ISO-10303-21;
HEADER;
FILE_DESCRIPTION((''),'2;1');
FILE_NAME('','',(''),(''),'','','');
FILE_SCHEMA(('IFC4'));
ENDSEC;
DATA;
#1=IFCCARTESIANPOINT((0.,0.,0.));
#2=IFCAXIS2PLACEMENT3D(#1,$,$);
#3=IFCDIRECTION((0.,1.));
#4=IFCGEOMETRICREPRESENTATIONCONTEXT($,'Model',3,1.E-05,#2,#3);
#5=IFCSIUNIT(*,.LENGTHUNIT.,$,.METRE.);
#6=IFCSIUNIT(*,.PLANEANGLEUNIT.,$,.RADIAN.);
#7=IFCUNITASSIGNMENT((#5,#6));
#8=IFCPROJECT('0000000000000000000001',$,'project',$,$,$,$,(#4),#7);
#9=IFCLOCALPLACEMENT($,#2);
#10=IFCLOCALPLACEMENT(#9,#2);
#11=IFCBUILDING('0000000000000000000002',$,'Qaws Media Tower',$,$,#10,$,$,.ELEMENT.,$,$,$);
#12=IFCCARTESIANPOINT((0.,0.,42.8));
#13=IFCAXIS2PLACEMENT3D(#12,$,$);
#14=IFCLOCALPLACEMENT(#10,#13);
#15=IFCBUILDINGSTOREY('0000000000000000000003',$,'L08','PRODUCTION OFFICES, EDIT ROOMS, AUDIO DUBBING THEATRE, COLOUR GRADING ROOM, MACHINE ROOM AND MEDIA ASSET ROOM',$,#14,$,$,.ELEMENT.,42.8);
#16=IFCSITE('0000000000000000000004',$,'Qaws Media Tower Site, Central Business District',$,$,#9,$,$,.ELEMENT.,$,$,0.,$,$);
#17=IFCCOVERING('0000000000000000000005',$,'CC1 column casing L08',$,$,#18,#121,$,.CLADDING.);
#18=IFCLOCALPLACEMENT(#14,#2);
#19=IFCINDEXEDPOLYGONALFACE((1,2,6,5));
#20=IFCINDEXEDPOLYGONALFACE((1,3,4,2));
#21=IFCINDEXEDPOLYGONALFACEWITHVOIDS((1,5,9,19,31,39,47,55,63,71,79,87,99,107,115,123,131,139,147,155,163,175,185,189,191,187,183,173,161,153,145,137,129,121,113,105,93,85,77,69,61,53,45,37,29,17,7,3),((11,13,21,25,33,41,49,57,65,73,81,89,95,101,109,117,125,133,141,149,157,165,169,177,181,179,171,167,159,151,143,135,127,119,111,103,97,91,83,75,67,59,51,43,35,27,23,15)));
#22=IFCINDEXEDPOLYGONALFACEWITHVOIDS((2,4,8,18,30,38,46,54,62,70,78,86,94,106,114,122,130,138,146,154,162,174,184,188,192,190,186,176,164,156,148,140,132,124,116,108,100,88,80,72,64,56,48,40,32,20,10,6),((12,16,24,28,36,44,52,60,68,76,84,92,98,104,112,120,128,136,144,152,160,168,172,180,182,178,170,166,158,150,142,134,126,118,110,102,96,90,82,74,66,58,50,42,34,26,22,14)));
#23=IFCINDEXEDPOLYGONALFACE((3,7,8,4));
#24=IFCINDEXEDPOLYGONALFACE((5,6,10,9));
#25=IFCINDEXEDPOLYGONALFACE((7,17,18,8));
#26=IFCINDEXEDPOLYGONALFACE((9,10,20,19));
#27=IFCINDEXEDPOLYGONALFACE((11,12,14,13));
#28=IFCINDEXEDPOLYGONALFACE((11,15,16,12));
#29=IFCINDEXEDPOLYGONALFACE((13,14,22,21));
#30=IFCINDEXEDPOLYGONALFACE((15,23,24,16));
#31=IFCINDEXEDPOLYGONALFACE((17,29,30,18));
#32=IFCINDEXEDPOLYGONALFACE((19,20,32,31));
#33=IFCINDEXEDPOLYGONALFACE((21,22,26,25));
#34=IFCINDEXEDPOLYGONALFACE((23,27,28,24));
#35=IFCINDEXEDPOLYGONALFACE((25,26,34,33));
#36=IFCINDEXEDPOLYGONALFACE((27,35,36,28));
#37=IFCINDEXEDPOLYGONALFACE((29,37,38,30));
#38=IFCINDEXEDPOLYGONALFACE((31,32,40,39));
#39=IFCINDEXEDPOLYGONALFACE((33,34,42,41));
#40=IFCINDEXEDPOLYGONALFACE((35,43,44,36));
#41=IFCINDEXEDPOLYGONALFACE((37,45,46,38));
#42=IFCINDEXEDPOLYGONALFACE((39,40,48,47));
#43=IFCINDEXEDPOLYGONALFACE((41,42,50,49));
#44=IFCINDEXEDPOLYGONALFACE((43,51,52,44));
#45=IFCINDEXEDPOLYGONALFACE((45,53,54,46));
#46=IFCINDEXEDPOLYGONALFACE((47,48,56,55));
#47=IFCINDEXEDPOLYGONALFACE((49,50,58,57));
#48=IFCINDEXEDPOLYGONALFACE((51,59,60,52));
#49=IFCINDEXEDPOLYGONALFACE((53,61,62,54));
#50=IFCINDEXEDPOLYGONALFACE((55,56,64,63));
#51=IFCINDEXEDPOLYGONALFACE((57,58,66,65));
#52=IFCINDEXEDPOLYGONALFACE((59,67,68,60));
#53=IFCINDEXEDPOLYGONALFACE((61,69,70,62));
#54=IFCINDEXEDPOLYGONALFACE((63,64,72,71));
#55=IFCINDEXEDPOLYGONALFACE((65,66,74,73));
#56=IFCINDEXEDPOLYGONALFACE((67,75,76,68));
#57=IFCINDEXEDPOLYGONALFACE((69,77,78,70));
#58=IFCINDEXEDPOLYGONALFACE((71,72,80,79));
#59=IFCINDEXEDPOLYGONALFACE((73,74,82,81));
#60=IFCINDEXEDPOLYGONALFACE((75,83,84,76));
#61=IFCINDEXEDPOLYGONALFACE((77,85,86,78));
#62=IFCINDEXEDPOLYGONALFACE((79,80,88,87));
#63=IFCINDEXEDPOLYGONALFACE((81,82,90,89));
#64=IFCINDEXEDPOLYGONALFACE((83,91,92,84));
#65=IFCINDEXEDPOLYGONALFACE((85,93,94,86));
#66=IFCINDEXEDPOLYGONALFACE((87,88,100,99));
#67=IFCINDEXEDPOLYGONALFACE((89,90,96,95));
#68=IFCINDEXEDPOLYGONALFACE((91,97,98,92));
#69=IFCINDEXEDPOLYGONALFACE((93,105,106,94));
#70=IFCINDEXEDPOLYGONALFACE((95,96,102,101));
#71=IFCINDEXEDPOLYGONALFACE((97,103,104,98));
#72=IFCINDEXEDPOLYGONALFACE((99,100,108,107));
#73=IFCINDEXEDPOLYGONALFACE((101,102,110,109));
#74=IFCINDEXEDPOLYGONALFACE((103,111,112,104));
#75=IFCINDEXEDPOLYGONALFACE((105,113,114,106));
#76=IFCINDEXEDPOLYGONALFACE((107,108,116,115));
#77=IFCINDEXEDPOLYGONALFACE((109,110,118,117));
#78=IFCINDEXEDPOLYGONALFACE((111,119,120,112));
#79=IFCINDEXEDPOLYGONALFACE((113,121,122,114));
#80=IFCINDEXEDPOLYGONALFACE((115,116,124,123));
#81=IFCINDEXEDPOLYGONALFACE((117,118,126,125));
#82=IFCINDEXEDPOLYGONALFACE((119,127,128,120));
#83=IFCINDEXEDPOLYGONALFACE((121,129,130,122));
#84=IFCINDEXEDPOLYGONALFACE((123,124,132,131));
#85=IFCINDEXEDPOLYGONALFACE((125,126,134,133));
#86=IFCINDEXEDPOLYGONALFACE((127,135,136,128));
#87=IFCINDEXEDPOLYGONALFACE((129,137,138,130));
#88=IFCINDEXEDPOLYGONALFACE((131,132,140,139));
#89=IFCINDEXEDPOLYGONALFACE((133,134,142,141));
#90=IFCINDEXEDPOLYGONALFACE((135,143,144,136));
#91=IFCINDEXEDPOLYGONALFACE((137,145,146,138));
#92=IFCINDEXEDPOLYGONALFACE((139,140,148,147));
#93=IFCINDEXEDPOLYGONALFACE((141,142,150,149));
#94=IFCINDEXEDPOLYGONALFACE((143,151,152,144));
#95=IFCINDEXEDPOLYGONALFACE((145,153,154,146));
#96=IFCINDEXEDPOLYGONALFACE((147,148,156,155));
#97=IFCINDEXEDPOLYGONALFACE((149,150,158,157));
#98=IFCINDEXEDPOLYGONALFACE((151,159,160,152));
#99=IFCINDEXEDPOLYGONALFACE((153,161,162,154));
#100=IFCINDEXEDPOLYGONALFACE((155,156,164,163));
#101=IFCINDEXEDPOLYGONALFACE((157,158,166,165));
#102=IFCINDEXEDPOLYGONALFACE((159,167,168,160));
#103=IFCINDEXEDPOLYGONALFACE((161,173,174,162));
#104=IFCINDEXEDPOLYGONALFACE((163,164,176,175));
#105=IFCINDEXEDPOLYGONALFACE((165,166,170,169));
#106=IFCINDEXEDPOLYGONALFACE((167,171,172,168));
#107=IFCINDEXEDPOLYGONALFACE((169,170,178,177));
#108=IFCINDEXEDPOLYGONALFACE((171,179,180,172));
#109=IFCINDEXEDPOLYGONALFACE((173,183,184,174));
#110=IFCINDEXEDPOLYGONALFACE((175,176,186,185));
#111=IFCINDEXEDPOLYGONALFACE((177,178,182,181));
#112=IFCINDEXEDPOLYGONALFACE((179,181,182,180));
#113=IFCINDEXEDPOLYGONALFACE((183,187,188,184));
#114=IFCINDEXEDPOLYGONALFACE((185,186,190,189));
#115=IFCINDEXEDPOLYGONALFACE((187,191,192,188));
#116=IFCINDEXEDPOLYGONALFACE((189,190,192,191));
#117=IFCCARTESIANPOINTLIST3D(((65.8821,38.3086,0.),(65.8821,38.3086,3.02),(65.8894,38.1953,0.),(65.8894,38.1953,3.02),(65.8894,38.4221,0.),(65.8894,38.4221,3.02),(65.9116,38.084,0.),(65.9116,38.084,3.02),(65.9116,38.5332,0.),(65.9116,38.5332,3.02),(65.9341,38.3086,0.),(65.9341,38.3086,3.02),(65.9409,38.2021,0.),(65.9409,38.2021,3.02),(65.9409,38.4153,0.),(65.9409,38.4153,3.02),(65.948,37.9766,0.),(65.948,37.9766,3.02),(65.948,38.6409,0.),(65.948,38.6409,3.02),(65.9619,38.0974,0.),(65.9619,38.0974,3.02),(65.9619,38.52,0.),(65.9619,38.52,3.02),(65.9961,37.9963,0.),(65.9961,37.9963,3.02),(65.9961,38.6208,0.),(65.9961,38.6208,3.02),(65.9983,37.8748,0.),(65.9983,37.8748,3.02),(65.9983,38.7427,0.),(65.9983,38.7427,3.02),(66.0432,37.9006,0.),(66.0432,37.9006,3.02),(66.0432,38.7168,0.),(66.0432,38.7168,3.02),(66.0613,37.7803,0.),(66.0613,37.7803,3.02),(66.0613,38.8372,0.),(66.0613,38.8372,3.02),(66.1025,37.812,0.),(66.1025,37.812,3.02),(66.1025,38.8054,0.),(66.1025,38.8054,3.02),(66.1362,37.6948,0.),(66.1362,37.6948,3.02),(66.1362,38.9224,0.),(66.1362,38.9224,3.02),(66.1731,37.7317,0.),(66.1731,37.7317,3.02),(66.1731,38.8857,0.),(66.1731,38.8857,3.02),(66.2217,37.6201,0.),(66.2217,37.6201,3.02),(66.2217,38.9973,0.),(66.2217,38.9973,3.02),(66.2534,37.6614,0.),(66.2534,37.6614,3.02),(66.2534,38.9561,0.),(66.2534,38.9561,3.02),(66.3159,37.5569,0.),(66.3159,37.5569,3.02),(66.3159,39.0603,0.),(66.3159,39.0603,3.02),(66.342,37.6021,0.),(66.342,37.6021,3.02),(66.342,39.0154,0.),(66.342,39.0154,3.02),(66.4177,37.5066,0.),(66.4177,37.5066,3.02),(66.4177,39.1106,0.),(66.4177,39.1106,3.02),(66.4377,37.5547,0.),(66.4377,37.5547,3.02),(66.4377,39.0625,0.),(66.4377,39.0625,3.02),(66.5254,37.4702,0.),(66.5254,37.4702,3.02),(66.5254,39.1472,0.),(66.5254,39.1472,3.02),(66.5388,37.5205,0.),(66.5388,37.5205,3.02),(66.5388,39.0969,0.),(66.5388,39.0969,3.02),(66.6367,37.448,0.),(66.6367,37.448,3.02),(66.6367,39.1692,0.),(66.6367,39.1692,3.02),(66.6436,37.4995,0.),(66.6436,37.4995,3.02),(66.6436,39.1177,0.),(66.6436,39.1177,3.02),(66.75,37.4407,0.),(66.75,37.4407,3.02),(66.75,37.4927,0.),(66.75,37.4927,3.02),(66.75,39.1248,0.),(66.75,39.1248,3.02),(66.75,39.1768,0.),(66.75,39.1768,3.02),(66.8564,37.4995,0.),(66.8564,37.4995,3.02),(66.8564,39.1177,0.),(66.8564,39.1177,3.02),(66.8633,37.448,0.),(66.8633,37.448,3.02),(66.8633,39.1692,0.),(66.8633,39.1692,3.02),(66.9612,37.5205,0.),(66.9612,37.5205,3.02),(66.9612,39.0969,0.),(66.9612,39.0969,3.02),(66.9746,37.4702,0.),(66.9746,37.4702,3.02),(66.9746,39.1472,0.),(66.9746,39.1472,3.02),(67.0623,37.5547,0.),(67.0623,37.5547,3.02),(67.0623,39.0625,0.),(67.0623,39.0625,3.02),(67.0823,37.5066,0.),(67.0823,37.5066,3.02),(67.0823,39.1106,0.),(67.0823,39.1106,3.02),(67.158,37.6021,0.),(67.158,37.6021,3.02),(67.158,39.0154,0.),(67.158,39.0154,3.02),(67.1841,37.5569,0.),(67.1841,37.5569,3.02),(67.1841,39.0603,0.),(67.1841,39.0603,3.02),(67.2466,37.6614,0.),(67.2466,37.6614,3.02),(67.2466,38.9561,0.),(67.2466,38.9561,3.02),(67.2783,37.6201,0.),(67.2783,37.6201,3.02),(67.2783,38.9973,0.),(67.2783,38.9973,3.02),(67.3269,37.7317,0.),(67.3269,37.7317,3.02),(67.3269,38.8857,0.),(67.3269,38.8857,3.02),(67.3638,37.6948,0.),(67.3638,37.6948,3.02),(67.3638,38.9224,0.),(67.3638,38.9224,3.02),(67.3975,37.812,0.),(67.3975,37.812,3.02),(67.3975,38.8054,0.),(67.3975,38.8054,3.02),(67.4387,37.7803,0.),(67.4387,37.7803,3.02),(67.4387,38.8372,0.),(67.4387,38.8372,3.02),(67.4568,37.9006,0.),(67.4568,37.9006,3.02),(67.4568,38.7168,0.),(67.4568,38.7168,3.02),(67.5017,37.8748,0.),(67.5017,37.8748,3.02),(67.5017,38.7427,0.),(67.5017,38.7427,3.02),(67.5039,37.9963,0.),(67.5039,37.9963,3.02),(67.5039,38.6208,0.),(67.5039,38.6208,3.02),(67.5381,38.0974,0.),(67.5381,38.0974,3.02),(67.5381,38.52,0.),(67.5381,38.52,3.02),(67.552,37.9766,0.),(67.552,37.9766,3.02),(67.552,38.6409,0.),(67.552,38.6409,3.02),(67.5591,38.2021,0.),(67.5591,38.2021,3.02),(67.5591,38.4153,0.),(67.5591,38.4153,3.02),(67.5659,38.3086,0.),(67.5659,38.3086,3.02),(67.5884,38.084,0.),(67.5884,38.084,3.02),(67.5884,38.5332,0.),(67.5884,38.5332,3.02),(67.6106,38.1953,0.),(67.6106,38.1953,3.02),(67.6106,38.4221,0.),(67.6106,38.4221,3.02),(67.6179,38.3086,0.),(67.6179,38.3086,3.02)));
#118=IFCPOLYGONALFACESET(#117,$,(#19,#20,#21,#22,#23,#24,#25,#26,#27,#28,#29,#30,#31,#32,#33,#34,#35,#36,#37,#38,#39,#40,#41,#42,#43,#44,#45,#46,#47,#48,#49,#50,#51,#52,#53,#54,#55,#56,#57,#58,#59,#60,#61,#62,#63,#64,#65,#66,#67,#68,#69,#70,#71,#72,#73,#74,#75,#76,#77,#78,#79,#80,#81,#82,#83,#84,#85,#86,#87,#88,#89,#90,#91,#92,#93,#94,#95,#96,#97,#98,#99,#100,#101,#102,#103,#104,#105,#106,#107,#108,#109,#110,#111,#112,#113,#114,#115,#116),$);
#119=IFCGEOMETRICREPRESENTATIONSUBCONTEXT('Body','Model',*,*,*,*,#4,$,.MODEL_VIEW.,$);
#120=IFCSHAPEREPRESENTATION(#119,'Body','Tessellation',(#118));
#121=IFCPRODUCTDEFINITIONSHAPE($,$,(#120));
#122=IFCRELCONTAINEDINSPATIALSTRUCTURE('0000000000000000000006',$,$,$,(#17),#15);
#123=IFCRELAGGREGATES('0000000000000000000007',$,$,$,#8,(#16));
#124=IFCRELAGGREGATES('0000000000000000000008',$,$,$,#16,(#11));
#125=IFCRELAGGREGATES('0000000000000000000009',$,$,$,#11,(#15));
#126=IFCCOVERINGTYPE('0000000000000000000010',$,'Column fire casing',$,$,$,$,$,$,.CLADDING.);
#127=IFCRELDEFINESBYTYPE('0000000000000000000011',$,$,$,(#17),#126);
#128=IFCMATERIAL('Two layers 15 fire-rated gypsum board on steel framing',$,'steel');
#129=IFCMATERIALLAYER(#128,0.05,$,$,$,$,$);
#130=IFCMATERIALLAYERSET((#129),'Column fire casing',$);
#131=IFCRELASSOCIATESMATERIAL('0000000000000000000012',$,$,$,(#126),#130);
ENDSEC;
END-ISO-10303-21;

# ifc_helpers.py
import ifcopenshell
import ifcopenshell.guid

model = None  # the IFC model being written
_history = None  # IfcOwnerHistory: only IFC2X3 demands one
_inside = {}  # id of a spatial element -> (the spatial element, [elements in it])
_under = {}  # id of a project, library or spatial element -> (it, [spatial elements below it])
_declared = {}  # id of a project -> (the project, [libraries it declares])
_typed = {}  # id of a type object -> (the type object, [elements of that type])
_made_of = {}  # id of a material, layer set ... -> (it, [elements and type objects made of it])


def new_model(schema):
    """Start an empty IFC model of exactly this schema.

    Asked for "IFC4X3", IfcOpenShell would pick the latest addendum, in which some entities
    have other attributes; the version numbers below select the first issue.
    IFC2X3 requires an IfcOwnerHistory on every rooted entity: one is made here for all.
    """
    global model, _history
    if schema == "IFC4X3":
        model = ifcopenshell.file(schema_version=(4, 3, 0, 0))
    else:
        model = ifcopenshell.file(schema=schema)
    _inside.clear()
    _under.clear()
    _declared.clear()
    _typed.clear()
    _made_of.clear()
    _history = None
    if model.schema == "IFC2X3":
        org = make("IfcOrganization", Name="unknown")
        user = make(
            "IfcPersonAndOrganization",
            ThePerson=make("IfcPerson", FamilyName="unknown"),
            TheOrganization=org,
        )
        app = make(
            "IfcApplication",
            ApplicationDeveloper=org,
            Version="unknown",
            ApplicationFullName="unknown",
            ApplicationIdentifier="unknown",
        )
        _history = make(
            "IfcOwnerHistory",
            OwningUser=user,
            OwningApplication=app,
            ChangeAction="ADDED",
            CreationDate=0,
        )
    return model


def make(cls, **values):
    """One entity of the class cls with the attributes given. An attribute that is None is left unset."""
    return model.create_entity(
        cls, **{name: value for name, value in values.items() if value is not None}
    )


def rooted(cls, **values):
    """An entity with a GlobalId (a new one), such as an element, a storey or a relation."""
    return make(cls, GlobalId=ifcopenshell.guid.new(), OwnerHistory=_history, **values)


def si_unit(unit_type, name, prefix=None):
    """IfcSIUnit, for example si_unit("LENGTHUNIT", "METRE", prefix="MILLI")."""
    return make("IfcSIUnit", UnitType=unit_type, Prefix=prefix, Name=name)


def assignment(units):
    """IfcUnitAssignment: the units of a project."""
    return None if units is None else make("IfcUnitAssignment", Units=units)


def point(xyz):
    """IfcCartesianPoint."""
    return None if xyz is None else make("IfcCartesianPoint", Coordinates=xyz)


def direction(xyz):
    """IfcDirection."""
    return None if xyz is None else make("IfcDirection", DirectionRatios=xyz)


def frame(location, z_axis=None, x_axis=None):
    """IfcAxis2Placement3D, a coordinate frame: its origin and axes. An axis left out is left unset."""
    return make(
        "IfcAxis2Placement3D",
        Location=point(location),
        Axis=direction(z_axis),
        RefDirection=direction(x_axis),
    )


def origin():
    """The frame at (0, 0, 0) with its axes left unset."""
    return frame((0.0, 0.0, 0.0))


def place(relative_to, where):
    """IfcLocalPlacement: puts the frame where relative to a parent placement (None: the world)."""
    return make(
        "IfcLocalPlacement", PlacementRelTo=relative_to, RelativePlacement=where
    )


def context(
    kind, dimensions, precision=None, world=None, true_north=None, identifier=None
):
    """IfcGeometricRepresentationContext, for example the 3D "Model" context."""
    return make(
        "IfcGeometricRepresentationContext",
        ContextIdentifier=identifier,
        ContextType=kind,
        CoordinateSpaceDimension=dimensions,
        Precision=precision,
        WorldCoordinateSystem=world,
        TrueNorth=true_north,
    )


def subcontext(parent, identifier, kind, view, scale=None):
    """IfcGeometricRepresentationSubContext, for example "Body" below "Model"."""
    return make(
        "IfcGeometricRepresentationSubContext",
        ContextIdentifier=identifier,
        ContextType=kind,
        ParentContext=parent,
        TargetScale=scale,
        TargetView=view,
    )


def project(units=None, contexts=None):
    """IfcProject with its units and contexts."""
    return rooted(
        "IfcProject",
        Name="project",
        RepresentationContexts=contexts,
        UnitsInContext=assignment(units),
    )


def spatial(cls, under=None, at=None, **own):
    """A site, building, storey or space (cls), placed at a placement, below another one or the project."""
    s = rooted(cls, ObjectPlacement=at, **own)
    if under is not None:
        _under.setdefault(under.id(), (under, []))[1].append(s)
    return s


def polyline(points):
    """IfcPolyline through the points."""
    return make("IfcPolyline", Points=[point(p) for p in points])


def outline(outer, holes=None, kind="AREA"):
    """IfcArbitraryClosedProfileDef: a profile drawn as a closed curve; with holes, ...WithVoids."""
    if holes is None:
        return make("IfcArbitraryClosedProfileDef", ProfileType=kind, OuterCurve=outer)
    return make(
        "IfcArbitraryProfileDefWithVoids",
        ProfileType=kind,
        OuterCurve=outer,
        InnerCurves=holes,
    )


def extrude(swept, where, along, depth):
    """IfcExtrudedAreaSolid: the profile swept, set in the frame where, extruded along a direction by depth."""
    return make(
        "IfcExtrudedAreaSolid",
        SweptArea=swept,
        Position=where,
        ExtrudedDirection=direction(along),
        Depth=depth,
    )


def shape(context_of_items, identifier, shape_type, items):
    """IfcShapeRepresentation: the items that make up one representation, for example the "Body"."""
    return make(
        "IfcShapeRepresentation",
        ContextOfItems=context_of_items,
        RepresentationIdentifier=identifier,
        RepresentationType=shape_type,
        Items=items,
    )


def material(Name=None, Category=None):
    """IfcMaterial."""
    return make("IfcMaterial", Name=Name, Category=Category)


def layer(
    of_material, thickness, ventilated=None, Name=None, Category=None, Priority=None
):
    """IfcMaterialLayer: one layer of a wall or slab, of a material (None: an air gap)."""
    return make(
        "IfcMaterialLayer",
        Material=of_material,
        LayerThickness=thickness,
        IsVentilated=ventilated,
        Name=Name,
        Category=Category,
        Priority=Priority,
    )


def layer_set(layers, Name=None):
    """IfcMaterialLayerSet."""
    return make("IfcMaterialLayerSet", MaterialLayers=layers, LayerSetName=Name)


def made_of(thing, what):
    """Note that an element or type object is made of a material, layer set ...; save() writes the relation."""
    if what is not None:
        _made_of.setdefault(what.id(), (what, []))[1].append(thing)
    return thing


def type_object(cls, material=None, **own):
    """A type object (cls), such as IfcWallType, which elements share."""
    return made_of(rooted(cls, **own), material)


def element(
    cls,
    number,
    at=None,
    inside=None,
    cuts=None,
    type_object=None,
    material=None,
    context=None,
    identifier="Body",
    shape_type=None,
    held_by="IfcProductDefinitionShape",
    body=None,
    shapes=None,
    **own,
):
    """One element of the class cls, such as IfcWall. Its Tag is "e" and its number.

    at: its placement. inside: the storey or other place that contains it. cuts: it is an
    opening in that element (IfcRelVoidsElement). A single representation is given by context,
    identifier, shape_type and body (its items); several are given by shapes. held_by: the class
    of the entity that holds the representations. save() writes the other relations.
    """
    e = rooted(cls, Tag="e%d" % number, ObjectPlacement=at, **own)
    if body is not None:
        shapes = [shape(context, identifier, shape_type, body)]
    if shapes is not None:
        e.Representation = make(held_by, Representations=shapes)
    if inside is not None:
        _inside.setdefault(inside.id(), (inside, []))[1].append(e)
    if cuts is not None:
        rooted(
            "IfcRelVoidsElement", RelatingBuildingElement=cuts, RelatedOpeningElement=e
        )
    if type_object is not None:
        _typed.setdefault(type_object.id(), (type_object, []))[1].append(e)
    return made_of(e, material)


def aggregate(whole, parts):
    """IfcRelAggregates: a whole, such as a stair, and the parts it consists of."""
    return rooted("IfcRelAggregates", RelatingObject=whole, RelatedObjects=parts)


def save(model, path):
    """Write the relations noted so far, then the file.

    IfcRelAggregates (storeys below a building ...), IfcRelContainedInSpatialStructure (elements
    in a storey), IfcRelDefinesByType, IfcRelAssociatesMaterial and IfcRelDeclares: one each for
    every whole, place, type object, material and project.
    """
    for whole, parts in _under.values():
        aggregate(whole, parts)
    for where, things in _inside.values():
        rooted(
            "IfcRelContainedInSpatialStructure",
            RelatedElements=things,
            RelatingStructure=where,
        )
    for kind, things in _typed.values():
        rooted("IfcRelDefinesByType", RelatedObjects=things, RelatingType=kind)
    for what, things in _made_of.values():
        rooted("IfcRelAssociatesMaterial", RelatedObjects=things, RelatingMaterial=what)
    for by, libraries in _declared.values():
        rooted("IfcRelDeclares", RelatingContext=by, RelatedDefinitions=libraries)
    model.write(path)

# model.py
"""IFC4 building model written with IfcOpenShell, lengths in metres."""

from ifc_helpers import new_model, si_unit, direction, frame, origin, place, context, subcontext, project, spatial, polyline, outline, extrude, material, layer, layer_set, type_object, element, save


model = new_model("IFC4")

# Units and contexts
model_context = context("Model", 3, precision=1e-05, world=origin(), true_north=direction((0.0, 1.0)))
body_context = subcontext(model_context, "Body", "Model", "MODEL_VIEW")
ifc_project = project(units=[si_unit("LENGTHUNIT", "METRE"), si_unit("PLANEANGLEUNIT", "RADIAN")], contexts=[model_context])

# Site, building, storey
site_placement = place(None, origin())
site = spatial("IfcSite", under=ifc_project, at=site_placement, Name="Qaws Media Tower Site, Central Business District", CompositionType="ELEMENT", RefElevation=0.0)
building_placement = place(site_placement, origin())
building = spatial("IfcBuilding", under=site, at=building_placement, Name="Qaws Media Tower", CompositionType="ELEMENT")
storey_placement = place(building_placement, frame((0.0, 0.0, 42.8)))
storey = spatial("IfcBuildingStorey", under=building, at=storey_placement, Name="L08", Description="PRODUCTION OFFICES, EDIT ROOMS, AUDIO DUBBING THEATRE, COLOUR GRADING ROOM, MACHINE ROOM AND MEDIA ASSET ROOM", CompositionType="ELEMENT", Elevation=42.8)

# Covering
ifc_material_1 = material(Name="Two layers 15 fire-rated gypsum board on steel framing", Category="steel")
ifc_layer_1 = layer(ifc_material_1, 0.05)
ifc_layer_set_1 = layer_set([ifc_layer_1], Name="Column fire casing")
covering_type_1 = type_object("IfcCoveringType", Name="Column fire casing", PredefinedType="CLADDING", material=ifc_layer_set_1)
covering_1_placement = place(storey_placement, origin())
element("IfcCovering", 1, at=covering_1_placement, inside=storey, type_object=covering_type_1, Name="CC1 column casing L08", PredefinedType="CLADDING", context=body_context, shape_type="SweptSolid", body=[
    extrude(outline(polyline([(67.6179, 38.3086), (67.6106, 38.1953), (67.5884, 38.084), (67.552, 37.9766), (67.5017, 37.8748), (67.4387, 37.7803), (67.3638, 37.6948), (67.2783, 37.6201), (67.1841, 37.5569), (67.0823, 37.5066), (66.9746, 37.4702), (66.8633, 37.448), (66.75, 37.4407), (66.6367, 37.448), (66.5254, 37.4702), (66.4177, 37.5066), (66.3159, 37.5569), (66.2217, 37.6201), (66.1362, 37.6948), (66.0613, 37.7803), (65.9983, 37.8748), (65.948, 37.9766), (65.9116, 38.084), (65.8894, 38.1953), (65.8821, 38.3086), (65.8894, 38.4221), (65.9116, 38.5332), (65.948, 38.6409), (65.9983, 38.7427), (66.0613, 38.8372), (66.1362, 38.9224), (66.2217, 38.9973), (66.3159, 39.0603), (66.4177, 39.1106), (66.5254, 39.1472), (66.6367, 39.1692), (66.75, 39.1768), (66.8633, 39.1692), (66.9746, 39.1472), (67.0823, 39.1106), (67.1841, 39.0603), (67.2783, 38.9973), (67.3638, 38.9224), (67.4387, 38.8372), (67.5017, 38.7427), (67.552, 38.6409), (67.5884, 38.5332), (67.6106, 38.4221), (67.6179, 38.3086)]), holes=[polyline([(67.5659, 38.3086), (67.5591, 38.2021), (67.5381, 38.0974), (67.5039, 37.9963), (67.4568, 37.9006), (67.3975, 37.812), (67.3269, 37.7317), (67.2466, 37.6614), (67.158, 37.6021), (67.0623, 37.5547), (66.9612, 37.5205), (66.8564, 37.4995), (66.75, 37.4927), (66.6436, 37.4995), (66.5388, 37.5205), (66.4377, 37.5547), (66.342, 37.6021), (66.2534, 37.6614), (66.1731, 37.7317), (66.1025, 37.812), (66.0432, 37.9006), (65.9961, 37.9963), (65.9619, 38.0974), (65.9409, 38.2021), (65.9341, 38.3086), (65.9409, 38.4153), (65.9619, 38.52), (65.9961, 38.6208), (66.0432, 38.7168), (66.1025, 38.8054), (66.1731, 38.8857), (66.2534, 38.9561), (66.342, 39.0154), (66.4377, 39.0625), (66.5388, 39.0969), (66.6436, 39.1177), (66.75, 39.1248), (66.8564, 39.1177), (66.9612, 39.0969), (67.0623, 39.0625), (67.158, 39.0154), (67.2466, 38.9561), (67.3269, 38.8857), (67.3975, 38.8054), (67.4568, 38.7168), (67.5039, 38.6208), (67.5381, 38.52), (67.5591, 38.4153), (67.5659, 38.3086)])]), origin(), (0.0, 0.0, 1.0), 3.02),
])

save(model, "model.ifc")
